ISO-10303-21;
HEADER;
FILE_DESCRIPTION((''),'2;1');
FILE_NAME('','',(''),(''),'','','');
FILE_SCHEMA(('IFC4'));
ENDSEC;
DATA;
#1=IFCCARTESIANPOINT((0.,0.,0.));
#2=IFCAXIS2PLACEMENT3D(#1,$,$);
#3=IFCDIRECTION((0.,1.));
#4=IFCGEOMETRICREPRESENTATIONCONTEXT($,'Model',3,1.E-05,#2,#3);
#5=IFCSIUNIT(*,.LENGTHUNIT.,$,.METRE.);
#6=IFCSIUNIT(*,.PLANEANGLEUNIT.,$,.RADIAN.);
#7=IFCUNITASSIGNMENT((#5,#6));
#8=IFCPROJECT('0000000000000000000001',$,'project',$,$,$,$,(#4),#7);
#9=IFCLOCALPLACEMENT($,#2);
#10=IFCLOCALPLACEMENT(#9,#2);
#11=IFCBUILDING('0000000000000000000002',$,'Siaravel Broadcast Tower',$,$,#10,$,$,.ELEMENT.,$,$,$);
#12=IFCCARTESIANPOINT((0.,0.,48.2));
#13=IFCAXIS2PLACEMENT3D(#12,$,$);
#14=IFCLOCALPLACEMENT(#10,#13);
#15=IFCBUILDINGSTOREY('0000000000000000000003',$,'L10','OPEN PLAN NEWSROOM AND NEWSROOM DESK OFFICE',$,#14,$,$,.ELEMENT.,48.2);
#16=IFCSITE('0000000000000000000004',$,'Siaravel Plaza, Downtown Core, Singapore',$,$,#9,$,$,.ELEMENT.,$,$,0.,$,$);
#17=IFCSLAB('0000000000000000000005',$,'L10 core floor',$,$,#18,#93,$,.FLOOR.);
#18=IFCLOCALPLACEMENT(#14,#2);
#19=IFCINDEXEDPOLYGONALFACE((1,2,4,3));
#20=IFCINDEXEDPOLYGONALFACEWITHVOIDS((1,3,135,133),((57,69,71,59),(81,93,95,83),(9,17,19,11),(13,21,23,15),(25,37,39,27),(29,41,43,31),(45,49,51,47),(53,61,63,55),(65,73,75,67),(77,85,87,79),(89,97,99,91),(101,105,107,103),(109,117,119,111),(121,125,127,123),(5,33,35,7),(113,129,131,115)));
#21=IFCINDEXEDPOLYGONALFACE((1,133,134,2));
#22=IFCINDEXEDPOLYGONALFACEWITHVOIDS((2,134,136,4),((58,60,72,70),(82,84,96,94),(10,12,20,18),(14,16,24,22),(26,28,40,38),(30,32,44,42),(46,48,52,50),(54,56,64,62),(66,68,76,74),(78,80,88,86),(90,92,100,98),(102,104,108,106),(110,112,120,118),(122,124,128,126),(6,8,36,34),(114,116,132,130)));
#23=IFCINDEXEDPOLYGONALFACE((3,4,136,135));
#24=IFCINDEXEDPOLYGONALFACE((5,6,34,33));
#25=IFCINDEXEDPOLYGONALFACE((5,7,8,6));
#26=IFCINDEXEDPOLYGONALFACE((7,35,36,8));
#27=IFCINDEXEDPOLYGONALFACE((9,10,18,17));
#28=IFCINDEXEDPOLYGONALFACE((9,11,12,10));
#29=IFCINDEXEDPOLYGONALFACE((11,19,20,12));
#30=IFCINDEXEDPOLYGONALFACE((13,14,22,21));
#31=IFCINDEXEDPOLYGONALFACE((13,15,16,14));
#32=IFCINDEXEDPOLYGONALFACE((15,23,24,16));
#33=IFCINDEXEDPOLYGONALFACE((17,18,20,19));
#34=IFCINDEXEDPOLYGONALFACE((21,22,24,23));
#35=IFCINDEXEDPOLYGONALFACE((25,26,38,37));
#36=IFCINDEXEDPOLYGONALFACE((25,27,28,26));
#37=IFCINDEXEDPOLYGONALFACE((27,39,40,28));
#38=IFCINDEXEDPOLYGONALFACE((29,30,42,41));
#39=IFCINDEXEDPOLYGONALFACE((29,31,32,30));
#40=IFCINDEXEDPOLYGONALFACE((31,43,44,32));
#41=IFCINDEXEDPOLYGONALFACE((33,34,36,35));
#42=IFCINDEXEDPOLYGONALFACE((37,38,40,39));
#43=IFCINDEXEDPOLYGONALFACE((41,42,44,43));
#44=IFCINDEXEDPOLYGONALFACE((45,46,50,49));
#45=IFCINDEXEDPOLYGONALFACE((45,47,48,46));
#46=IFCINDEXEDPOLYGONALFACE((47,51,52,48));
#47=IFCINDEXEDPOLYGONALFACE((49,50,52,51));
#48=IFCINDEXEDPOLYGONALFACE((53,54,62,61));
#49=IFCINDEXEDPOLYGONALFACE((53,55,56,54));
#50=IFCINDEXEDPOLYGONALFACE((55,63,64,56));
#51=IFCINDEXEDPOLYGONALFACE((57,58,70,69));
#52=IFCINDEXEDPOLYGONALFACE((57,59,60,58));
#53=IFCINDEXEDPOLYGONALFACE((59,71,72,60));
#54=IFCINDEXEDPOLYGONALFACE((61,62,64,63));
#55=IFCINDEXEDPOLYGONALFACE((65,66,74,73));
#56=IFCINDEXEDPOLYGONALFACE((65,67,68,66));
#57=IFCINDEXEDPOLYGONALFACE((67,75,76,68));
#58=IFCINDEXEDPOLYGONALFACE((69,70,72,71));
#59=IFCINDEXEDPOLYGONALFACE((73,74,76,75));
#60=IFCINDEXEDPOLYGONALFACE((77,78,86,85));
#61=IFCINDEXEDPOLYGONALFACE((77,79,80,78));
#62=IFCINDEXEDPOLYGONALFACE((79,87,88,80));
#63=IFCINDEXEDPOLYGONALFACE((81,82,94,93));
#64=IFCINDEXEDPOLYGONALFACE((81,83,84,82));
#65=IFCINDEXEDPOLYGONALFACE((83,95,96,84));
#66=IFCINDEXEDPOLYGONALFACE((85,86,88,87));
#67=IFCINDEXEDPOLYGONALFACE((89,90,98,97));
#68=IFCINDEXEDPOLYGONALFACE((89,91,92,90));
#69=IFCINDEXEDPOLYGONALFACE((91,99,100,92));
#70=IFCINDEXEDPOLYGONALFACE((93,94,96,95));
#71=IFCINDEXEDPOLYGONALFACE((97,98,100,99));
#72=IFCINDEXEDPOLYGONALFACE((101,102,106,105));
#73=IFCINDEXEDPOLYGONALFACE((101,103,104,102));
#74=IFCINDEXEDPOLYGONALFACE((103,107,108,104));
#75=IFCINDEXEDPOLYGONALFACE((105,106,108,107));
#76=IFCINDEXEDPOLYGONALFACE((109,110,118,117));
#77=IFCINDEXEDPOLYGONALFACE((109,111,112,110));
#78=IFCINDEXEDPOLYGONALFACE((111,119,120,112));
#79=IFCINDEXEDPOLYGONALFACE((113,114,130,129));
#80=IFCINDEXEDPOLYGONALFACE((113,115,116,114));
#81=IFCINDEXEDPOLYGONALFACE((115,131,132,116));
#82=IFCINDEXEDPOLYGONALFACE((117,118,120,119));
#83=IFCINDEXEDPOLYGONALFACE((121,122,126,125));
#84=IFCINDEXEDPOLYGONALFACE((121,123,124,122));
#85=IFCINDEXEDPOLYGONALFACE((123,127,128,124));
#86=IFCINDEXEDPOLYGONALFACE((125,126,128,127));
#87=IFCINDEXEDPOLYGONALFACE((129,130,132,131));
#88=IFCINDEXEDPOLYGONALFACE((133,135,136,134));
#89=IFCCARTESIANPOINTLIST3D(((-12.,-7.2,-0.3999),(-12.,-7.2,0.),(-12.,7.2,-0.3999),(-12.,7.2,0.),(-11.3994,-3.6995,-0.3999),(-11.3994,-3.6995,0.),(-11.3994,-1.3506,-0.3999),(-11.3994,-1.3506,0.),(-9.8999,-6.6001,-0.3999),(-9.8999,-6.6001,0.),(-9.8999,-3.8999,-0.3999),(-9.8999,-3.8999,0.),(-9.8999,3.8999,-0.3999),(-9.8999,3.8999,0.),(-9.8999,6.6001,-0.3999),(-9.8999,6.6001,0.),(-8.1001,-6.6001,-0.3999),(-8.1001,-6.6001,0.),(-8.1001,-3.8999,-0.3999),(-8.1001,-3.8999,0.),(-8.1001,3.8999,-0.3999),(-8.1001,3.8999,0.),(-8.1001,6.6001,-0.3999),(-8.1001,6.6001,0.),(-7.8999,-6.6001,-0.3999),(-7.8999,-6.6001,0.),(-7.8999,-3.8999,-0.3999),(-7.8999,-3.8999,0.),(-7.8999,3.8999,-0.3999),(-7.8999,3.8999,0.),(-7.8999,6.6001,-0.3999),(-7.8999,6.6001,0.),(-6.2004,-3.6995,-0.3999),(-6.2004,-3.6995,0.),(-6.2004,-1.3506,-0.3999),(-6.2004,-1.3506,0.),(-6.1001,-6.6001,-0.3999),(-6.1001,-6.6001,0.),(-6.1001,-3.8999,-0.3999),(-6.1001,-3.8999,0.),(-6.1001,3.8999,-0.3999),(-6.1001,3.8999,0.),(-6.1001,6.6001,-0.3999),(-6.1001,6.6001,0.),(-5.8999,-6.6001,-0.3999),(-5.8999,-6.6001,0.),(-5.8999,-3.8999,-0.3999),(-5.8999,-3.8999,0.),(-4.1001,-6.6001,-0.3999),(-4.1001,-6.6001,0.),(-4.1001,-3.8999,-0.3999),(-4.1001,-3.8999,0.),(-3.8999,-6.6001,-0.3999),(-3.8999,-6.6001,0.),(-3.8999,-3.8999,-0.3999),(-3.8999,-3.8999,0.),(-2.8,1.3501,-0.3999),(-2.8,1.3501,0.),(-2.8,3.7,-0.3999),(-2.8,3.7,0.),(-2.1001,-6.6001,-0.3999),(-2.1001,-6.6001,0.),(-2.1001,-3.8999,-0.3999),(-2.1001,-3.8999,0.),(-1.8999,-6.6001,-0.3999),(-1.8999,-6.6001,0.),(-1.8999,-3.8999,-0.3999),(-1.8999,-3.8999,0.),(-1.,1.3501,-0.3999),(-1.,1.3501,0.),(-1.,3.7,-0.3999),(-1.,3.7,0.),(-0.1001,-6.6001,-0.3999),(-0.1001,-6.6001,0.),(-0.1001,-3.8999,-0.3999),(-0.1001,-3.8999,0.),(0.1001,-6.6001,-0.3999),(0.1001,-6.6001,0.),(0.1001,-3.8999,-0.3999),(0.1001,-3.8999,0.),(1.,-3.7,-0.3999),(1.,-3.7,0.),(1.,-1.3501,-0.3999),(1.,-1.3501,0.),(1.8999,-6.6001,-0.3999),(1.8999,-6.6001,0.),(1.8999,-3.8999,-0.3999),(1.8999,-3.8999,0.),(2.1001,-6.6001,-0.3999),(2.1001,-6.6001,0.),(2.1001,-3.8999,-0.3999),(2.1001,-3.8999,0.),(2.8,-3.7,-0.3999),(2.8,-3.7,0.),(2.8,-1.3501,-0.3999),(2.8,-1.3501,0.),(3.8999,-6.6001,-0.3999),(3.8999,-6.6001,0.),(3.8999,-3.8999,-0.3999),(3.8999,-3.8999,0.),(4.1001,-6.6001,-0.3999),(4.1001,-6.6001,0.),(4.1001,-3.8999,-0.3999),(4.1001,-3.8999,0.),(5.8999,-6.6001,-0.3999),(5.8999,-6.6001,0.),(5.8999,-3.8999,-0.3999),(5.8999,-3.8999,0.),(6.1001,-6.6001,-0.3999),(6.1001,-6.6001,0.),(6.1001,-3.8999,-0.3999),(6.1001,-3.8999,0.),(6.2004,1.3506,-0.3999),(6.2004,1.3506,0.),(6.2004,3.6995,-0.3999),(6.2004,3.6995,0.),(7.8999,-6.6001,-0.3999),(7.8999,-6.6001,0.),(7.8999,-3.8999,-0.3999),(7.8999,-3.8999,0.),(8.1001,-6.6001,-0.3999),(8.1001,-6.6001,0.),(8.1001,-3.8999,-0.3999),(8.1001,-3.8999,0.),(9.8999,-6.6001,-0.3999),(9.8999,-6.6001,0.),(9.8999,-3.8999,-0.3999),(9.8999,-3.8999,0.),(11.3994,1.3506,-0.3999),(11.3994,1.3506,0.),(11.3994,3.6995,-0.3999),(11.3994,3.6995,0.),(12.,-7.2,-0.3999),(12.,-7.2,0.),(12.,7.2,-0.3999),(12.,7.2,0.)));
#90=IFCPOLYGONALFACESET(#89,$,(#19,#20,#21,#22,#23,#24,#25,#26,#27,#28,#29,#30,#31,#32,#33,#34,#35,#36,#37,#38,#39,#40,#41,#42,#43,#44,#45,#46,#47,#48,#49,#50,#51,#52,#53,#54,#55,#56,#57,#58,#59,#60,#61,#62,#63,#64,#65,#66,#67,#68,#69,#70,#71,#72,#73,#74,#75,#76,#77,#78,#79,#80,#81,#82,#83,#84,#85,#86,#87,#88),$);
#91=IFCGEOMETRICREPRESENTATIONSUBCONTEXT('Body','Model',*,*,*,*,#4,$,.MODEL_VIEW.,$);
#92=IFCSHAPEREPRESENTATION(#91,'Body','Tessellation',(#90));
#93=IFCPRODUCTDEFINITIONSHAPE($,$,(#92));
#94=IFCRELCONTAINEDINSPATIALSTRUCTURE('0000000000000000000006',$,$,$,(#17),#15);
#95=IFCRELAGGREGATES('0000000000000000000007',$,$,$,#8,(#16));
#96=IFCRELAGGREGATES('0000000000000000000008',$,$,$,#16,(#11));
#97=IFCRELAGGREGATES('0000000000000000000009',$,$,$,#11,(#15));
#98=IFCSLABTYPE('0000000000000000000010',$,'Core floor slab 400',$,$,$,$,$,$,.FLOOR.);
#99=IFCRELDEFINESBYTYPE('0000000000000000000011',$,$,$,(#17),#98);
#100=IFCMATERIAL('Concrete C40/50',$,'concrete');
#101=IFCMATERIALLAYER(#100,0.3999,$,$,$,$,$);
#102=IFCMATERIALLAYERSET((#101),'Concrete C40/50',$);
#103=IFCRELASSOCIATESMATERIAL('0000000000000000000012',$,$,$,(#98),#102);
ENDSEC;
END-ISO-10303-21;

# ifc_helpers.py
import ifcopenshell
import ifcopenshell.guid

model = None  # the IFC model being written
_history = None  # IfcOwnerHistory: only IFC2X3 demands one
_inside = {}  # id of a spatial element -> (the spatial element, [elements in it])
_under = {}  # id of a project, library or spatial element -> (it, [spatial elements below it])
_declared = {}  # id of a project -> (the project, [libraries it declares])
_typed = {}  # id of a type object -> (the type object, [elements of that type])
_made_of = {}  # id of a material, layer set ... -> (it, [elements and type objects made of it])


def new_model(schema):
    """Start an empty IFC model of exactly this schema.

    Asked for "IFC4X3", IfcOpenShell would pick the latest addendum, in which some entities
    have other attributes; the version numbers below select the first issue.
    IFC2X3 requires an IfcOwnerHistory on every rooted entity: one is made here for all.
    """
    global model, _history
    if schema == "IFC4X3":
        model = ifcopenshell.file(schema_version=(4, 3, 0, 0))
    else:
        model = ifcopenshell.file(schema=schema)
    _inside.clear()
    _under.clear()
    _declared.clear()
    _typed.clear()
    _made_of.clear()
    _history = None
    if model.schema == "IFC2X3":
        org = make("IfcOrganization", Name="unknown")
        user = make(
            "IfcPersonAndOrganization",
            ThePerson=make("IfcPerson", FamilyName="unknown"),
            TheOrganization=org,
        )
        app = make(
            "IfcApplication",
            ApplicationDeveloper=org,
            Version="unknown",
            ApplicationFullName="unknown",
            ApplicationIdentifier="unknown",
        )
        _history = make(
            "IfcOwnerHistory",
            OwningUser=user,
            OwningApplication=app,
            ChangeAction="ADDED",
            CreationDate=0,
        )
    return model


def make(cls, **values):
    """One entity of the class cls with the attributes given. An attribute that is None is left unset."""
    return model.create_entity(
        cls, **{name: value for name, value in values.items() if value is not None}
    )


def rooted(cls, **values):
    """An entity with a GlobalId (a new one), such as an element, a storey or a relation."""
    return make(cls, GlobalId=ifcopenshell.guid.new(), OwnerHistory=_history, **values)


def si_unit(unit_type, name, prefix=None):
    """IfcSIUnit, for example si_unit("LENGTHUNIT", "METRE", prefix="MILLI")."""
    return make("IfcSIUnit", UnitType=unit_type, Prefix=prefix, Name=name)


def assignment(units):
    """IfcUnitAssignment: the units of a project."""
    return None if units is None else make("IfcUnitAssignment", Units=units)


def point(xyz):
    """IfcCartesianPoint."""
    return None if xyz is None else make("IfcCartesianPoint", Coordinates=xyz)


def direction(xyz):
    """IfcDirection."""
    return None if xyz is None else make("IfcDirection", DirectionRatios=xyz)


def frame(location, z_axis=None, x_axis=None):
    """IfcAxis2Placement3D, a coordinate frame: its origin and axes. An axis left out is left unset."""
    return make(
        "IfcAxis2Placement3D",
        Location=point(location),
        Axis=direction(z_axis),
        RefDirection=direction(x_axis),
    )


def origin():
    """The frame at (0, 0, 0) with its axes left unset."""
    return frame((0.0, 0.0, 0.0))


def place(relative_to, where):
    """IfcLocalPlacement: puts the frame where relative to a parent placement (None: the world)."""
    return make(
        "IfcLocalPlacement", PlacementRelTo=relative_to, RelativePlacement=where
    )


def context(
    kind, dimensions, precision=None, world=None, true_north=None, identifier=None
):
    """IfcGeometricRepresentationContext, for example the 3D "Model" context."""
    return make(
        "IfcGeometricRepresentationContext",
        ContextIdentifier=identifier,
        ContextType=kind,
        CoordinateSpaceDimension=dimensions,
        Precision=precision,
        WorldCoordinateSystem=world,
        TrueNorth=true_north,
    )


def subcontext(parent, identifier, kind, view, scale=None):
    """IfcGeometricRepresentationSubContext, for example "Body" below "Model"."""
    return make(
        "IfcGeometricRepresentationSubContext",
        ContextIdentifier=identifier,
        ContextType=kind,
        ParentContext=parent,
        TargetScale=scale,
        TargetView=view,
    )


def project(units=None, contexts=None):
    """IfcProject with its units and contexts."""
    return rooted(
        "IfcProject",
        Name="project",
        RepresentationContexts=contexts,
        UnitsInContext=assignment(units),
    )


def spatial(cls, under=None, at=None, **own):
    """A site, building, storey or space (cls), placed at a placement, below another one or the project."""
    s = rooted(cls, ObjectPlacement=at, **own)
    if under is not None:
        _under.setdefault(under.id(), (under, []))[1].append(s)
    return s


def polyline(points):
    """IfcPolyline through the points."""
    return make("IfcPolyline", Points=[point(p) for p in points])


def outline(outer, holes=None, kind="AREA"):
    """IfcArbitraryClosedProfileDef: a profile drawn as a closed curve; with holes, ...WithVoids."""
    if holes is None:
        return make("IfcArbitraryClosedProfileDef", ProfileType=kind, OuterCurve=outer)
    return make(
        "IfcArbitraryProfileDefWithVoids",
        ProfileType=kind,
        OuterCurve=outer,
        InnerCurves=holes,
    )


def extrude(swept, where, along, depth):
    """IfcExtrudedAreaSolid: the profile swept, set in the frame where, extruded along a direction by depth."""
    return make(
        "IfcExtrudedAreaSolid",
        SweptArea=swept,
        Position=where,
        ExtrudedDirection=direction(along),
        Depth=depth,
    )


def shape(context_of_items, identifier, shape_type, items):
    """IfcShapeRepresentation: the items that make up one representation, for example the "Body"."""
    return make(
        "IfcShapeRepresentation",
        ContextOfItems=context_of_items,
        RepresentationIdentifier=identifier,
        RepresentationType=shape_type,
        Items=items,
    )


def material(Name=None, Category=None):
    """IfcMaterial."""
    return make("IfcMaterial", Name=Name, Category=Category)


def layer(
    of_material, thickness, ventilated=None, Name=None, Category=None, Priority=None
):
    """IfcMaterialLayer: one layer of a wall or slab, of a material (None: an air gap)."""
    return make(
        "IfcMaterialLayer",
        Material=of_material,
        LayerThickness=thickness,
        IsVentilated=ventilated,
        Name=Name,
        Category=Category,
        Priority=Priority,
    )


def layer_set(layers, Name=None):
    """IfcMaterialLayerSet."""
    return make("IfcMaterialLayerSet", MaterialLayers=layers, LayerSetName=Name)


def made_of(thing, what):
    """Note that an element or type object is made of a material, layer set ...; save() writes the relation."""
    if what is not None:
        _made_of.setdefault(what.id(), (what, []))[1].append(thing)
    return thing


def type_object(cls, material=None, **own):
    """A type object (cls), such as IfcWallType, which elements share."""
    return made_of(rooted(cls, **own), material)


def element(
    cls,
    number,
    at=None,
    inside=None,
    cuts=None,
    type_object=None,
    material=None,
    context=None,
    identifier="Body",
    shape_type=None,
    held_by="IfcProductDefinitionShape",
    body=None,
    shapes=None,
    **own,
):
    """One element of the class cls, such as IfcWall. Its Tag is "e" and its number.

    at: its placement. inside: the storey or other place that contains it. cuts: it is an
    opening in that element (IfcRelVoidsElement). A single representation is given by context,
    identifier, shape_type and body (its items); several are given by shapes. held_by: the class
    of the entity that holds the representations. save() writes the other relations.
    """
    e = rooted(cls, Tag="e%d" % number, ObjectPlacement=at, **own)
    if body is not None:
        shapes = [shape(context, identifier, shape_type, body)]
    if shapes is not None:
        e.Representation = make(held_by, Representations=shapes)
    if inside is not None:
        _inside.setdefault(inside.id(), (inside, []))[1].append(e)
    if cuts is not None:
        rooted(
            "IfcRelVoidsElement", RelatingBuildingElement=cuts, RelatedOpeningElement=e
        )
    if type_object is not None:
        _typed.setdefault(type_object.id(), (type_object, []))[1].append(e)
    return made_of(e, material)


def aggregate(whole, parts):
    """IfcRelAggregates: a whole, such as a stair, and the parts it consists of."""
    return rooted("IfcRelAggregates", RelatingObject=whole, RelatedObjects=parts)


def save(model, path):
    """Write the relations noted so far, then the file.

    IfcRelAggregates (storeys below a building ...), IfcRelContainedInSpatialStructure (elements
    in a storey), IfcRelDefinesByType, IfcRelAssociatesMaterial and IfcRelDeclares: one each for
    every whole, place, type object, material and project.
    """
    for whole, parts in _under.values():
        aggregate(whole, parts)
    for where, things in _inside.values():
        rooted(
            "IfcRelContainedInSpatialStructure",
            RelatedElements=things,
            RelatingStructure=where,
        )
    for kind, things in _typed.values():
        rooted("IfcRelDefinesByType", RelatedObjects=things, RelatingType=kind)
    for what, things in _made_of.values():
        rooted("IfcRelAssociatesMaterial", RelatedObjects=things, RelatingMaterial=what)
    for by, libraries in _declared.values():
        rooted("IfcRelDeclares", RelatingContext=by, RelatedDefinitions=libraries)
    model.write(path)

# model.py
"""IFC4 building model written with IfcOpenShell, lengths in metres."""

from ifc_helpers import new_model, si_unit, direction, frame, origin, place, context, subcontext, project, spatial, polyline, outline, extrude, material, layer, layer_set, type_object, element, save


model = new_model("IFC4")

# Units and contexts
model_context = context("Model", 3, precision=1e-05, world=origin(), true_north=direction((0.0, 1.0)))
body_context = subcontext(model_context, "Body", "Model", "MODEL_VIEW")
ifc_project = project(units=[si_unit("LENGTHUNIT", "METRE"), si_unit("PLANEANGLEUNIT", "RADIAN")], contexts=[model_context])

# Site, building, storey
site_placement = place(None, origin())
site = spatial("IfcSite", under=ifc_project, at=site_placement, Name="Siaravel Plaza, Downtown Core, Singapore", CompositionType="ELEMENT", RefElevation=0.0)
building_placement = place(site_placement, origin())
building = spatial("IfcBuilding", under=site, at=building_placement, Name="Siaravel Broadcast Tower", CompositionType="ELEMENT")
storey_placement = place(building_placement, frame((0.0, 0.0, 48.2)))
storey = spatial("IfcBuildingStorey", under=building, at=storey_placement, Name="L10", Description="OPEN PLAN NEWSROOM AND NEWSROOM DESK OFFICE", CompositionType="ELEMENT", Elevation=48.2)

# Slab
ifc_material_1 = material(Name="Concrete C40/50", Category="concrete")
ifc_layer_1 = layer(ifc_material_1, 0.3999)
ifc_layer_set_1 = layer_set([ifc_layer_1], Name="Concrete C40/50")
slab_type_1 = type_object("IfcSlabType", Name="Core floor slab 400", PredefinedType="FLOOR", material=ifc_layer_set_1)
slab_1_placement = place(storey_placement, frame((0.0, 0.0, -0.3999)))
element("IfcSlab", 1, at=slab_1_placement, inside=storey, type_object=slab_type_1, Name="L10 core floor", PredefinedType="FLOOR", context=body_context, shape_type="SweptSolid", body=[
    extrude(outline(polyline([(-12.0, -7.2), (-12.0, 7.2), (12.0, 7.2), (12.0, -7.2), (-12.0, -7.2)]), holes=[polyline([(11.3994, 1.3506), (11.3994, 3.6995), (6.2004, 3.6995), (6.2004, 1.3506), (11.3994, 1.3506)]), polyline([(9.8999, -3.8999), (8.1001, -3.8999), (8.1001, -6.6001), (9.8999, -6.6001), (9.8999, -3.8999)]), polyline([(7.8999, -3.8999), (6.1001, -3.8999), (6.1001, -6.6001), (7.8999, -6.6001), (7.8999, -3.8999)]), polyline([(5.8999, -3.8999), (4.1001, -3.8999), (4.1001, -6.6001), (5.8999, -6.6001), (5.8999, -3.8999)]), polyline([(3.8999, -3.8999), (2.1001, -3.8999), (2.1001, -6.6001), (3.8999, -6.6001), (3.8999, -3.8999)]), polyline([(2.8, -1.3501), (1.0, -1.3501), (1.0, -3.7), (2.8, -3.7), (2.8, -1.3501)]), polyline([(1.8999, -3.8999), (0.1001, -3.8999), (0.1001, -6.6001), (1.8999, -6.6001), (1.8999, -3.8999)]), polyline([(-0.1001, -3.8999), (-1.8999, -3.8999), (-1.8999, -6.6001), (-0.1001, -6.6001), (-0.1001, -3.8999)]), polyline([(-1.0, 3.7), (-2.8, 3.7), (-2.8, 1.3501), (-1.0, 1.3501), (-1.0, 3.7)]), polyline([(-2.1001, -3.8999), (-3.8999, -3.8999), (-3.8999, -6.6001), (-2.1001, -6.6001), (-2.1001, -3.8999)]), polyline([(-4.1001, -3.8999), (-5.8999, -3.8999), (-5.8999, -6.6001), (-4.1001, -6.6001), (-4.1001, -3.8999)]), polyline([(-6.1001, -3.8999), (-7.8999, -3.8999), (-7.8999, -6.6001), (-6.1001, -6.6001), (-6.1001, -3.8999)]), polyline([(-6.1001, 6.6001), (-7.8999, 6.6001), (-7.8999, 3.8999), (-6.1001, 3.8999), (-6.1001, 6.6001)]), polyline([(-11.3994, -1.3506), (-11.3994, -3.6995), (-6.2004, -3.6995), (-6.2004, -1.3506), (-11.3994, -1.3506)]), polyline([(-8.1001, -3.8999), (-9.8999, -3.8999), (-9.8999, -6.6001), (-8.1001, -6.6001), (-8.1001, -3.8999)]), polyline([(-8.1001, 6.6001), (-9.8999, 6.6001), (-9.8999, 3.8999), (-8.1001, 3.8999), (-8.1001, 6.6001)])]), origin(), (0.0, 0.0, 1.0), 0.3999),
])

save(model, "model.ifc")
